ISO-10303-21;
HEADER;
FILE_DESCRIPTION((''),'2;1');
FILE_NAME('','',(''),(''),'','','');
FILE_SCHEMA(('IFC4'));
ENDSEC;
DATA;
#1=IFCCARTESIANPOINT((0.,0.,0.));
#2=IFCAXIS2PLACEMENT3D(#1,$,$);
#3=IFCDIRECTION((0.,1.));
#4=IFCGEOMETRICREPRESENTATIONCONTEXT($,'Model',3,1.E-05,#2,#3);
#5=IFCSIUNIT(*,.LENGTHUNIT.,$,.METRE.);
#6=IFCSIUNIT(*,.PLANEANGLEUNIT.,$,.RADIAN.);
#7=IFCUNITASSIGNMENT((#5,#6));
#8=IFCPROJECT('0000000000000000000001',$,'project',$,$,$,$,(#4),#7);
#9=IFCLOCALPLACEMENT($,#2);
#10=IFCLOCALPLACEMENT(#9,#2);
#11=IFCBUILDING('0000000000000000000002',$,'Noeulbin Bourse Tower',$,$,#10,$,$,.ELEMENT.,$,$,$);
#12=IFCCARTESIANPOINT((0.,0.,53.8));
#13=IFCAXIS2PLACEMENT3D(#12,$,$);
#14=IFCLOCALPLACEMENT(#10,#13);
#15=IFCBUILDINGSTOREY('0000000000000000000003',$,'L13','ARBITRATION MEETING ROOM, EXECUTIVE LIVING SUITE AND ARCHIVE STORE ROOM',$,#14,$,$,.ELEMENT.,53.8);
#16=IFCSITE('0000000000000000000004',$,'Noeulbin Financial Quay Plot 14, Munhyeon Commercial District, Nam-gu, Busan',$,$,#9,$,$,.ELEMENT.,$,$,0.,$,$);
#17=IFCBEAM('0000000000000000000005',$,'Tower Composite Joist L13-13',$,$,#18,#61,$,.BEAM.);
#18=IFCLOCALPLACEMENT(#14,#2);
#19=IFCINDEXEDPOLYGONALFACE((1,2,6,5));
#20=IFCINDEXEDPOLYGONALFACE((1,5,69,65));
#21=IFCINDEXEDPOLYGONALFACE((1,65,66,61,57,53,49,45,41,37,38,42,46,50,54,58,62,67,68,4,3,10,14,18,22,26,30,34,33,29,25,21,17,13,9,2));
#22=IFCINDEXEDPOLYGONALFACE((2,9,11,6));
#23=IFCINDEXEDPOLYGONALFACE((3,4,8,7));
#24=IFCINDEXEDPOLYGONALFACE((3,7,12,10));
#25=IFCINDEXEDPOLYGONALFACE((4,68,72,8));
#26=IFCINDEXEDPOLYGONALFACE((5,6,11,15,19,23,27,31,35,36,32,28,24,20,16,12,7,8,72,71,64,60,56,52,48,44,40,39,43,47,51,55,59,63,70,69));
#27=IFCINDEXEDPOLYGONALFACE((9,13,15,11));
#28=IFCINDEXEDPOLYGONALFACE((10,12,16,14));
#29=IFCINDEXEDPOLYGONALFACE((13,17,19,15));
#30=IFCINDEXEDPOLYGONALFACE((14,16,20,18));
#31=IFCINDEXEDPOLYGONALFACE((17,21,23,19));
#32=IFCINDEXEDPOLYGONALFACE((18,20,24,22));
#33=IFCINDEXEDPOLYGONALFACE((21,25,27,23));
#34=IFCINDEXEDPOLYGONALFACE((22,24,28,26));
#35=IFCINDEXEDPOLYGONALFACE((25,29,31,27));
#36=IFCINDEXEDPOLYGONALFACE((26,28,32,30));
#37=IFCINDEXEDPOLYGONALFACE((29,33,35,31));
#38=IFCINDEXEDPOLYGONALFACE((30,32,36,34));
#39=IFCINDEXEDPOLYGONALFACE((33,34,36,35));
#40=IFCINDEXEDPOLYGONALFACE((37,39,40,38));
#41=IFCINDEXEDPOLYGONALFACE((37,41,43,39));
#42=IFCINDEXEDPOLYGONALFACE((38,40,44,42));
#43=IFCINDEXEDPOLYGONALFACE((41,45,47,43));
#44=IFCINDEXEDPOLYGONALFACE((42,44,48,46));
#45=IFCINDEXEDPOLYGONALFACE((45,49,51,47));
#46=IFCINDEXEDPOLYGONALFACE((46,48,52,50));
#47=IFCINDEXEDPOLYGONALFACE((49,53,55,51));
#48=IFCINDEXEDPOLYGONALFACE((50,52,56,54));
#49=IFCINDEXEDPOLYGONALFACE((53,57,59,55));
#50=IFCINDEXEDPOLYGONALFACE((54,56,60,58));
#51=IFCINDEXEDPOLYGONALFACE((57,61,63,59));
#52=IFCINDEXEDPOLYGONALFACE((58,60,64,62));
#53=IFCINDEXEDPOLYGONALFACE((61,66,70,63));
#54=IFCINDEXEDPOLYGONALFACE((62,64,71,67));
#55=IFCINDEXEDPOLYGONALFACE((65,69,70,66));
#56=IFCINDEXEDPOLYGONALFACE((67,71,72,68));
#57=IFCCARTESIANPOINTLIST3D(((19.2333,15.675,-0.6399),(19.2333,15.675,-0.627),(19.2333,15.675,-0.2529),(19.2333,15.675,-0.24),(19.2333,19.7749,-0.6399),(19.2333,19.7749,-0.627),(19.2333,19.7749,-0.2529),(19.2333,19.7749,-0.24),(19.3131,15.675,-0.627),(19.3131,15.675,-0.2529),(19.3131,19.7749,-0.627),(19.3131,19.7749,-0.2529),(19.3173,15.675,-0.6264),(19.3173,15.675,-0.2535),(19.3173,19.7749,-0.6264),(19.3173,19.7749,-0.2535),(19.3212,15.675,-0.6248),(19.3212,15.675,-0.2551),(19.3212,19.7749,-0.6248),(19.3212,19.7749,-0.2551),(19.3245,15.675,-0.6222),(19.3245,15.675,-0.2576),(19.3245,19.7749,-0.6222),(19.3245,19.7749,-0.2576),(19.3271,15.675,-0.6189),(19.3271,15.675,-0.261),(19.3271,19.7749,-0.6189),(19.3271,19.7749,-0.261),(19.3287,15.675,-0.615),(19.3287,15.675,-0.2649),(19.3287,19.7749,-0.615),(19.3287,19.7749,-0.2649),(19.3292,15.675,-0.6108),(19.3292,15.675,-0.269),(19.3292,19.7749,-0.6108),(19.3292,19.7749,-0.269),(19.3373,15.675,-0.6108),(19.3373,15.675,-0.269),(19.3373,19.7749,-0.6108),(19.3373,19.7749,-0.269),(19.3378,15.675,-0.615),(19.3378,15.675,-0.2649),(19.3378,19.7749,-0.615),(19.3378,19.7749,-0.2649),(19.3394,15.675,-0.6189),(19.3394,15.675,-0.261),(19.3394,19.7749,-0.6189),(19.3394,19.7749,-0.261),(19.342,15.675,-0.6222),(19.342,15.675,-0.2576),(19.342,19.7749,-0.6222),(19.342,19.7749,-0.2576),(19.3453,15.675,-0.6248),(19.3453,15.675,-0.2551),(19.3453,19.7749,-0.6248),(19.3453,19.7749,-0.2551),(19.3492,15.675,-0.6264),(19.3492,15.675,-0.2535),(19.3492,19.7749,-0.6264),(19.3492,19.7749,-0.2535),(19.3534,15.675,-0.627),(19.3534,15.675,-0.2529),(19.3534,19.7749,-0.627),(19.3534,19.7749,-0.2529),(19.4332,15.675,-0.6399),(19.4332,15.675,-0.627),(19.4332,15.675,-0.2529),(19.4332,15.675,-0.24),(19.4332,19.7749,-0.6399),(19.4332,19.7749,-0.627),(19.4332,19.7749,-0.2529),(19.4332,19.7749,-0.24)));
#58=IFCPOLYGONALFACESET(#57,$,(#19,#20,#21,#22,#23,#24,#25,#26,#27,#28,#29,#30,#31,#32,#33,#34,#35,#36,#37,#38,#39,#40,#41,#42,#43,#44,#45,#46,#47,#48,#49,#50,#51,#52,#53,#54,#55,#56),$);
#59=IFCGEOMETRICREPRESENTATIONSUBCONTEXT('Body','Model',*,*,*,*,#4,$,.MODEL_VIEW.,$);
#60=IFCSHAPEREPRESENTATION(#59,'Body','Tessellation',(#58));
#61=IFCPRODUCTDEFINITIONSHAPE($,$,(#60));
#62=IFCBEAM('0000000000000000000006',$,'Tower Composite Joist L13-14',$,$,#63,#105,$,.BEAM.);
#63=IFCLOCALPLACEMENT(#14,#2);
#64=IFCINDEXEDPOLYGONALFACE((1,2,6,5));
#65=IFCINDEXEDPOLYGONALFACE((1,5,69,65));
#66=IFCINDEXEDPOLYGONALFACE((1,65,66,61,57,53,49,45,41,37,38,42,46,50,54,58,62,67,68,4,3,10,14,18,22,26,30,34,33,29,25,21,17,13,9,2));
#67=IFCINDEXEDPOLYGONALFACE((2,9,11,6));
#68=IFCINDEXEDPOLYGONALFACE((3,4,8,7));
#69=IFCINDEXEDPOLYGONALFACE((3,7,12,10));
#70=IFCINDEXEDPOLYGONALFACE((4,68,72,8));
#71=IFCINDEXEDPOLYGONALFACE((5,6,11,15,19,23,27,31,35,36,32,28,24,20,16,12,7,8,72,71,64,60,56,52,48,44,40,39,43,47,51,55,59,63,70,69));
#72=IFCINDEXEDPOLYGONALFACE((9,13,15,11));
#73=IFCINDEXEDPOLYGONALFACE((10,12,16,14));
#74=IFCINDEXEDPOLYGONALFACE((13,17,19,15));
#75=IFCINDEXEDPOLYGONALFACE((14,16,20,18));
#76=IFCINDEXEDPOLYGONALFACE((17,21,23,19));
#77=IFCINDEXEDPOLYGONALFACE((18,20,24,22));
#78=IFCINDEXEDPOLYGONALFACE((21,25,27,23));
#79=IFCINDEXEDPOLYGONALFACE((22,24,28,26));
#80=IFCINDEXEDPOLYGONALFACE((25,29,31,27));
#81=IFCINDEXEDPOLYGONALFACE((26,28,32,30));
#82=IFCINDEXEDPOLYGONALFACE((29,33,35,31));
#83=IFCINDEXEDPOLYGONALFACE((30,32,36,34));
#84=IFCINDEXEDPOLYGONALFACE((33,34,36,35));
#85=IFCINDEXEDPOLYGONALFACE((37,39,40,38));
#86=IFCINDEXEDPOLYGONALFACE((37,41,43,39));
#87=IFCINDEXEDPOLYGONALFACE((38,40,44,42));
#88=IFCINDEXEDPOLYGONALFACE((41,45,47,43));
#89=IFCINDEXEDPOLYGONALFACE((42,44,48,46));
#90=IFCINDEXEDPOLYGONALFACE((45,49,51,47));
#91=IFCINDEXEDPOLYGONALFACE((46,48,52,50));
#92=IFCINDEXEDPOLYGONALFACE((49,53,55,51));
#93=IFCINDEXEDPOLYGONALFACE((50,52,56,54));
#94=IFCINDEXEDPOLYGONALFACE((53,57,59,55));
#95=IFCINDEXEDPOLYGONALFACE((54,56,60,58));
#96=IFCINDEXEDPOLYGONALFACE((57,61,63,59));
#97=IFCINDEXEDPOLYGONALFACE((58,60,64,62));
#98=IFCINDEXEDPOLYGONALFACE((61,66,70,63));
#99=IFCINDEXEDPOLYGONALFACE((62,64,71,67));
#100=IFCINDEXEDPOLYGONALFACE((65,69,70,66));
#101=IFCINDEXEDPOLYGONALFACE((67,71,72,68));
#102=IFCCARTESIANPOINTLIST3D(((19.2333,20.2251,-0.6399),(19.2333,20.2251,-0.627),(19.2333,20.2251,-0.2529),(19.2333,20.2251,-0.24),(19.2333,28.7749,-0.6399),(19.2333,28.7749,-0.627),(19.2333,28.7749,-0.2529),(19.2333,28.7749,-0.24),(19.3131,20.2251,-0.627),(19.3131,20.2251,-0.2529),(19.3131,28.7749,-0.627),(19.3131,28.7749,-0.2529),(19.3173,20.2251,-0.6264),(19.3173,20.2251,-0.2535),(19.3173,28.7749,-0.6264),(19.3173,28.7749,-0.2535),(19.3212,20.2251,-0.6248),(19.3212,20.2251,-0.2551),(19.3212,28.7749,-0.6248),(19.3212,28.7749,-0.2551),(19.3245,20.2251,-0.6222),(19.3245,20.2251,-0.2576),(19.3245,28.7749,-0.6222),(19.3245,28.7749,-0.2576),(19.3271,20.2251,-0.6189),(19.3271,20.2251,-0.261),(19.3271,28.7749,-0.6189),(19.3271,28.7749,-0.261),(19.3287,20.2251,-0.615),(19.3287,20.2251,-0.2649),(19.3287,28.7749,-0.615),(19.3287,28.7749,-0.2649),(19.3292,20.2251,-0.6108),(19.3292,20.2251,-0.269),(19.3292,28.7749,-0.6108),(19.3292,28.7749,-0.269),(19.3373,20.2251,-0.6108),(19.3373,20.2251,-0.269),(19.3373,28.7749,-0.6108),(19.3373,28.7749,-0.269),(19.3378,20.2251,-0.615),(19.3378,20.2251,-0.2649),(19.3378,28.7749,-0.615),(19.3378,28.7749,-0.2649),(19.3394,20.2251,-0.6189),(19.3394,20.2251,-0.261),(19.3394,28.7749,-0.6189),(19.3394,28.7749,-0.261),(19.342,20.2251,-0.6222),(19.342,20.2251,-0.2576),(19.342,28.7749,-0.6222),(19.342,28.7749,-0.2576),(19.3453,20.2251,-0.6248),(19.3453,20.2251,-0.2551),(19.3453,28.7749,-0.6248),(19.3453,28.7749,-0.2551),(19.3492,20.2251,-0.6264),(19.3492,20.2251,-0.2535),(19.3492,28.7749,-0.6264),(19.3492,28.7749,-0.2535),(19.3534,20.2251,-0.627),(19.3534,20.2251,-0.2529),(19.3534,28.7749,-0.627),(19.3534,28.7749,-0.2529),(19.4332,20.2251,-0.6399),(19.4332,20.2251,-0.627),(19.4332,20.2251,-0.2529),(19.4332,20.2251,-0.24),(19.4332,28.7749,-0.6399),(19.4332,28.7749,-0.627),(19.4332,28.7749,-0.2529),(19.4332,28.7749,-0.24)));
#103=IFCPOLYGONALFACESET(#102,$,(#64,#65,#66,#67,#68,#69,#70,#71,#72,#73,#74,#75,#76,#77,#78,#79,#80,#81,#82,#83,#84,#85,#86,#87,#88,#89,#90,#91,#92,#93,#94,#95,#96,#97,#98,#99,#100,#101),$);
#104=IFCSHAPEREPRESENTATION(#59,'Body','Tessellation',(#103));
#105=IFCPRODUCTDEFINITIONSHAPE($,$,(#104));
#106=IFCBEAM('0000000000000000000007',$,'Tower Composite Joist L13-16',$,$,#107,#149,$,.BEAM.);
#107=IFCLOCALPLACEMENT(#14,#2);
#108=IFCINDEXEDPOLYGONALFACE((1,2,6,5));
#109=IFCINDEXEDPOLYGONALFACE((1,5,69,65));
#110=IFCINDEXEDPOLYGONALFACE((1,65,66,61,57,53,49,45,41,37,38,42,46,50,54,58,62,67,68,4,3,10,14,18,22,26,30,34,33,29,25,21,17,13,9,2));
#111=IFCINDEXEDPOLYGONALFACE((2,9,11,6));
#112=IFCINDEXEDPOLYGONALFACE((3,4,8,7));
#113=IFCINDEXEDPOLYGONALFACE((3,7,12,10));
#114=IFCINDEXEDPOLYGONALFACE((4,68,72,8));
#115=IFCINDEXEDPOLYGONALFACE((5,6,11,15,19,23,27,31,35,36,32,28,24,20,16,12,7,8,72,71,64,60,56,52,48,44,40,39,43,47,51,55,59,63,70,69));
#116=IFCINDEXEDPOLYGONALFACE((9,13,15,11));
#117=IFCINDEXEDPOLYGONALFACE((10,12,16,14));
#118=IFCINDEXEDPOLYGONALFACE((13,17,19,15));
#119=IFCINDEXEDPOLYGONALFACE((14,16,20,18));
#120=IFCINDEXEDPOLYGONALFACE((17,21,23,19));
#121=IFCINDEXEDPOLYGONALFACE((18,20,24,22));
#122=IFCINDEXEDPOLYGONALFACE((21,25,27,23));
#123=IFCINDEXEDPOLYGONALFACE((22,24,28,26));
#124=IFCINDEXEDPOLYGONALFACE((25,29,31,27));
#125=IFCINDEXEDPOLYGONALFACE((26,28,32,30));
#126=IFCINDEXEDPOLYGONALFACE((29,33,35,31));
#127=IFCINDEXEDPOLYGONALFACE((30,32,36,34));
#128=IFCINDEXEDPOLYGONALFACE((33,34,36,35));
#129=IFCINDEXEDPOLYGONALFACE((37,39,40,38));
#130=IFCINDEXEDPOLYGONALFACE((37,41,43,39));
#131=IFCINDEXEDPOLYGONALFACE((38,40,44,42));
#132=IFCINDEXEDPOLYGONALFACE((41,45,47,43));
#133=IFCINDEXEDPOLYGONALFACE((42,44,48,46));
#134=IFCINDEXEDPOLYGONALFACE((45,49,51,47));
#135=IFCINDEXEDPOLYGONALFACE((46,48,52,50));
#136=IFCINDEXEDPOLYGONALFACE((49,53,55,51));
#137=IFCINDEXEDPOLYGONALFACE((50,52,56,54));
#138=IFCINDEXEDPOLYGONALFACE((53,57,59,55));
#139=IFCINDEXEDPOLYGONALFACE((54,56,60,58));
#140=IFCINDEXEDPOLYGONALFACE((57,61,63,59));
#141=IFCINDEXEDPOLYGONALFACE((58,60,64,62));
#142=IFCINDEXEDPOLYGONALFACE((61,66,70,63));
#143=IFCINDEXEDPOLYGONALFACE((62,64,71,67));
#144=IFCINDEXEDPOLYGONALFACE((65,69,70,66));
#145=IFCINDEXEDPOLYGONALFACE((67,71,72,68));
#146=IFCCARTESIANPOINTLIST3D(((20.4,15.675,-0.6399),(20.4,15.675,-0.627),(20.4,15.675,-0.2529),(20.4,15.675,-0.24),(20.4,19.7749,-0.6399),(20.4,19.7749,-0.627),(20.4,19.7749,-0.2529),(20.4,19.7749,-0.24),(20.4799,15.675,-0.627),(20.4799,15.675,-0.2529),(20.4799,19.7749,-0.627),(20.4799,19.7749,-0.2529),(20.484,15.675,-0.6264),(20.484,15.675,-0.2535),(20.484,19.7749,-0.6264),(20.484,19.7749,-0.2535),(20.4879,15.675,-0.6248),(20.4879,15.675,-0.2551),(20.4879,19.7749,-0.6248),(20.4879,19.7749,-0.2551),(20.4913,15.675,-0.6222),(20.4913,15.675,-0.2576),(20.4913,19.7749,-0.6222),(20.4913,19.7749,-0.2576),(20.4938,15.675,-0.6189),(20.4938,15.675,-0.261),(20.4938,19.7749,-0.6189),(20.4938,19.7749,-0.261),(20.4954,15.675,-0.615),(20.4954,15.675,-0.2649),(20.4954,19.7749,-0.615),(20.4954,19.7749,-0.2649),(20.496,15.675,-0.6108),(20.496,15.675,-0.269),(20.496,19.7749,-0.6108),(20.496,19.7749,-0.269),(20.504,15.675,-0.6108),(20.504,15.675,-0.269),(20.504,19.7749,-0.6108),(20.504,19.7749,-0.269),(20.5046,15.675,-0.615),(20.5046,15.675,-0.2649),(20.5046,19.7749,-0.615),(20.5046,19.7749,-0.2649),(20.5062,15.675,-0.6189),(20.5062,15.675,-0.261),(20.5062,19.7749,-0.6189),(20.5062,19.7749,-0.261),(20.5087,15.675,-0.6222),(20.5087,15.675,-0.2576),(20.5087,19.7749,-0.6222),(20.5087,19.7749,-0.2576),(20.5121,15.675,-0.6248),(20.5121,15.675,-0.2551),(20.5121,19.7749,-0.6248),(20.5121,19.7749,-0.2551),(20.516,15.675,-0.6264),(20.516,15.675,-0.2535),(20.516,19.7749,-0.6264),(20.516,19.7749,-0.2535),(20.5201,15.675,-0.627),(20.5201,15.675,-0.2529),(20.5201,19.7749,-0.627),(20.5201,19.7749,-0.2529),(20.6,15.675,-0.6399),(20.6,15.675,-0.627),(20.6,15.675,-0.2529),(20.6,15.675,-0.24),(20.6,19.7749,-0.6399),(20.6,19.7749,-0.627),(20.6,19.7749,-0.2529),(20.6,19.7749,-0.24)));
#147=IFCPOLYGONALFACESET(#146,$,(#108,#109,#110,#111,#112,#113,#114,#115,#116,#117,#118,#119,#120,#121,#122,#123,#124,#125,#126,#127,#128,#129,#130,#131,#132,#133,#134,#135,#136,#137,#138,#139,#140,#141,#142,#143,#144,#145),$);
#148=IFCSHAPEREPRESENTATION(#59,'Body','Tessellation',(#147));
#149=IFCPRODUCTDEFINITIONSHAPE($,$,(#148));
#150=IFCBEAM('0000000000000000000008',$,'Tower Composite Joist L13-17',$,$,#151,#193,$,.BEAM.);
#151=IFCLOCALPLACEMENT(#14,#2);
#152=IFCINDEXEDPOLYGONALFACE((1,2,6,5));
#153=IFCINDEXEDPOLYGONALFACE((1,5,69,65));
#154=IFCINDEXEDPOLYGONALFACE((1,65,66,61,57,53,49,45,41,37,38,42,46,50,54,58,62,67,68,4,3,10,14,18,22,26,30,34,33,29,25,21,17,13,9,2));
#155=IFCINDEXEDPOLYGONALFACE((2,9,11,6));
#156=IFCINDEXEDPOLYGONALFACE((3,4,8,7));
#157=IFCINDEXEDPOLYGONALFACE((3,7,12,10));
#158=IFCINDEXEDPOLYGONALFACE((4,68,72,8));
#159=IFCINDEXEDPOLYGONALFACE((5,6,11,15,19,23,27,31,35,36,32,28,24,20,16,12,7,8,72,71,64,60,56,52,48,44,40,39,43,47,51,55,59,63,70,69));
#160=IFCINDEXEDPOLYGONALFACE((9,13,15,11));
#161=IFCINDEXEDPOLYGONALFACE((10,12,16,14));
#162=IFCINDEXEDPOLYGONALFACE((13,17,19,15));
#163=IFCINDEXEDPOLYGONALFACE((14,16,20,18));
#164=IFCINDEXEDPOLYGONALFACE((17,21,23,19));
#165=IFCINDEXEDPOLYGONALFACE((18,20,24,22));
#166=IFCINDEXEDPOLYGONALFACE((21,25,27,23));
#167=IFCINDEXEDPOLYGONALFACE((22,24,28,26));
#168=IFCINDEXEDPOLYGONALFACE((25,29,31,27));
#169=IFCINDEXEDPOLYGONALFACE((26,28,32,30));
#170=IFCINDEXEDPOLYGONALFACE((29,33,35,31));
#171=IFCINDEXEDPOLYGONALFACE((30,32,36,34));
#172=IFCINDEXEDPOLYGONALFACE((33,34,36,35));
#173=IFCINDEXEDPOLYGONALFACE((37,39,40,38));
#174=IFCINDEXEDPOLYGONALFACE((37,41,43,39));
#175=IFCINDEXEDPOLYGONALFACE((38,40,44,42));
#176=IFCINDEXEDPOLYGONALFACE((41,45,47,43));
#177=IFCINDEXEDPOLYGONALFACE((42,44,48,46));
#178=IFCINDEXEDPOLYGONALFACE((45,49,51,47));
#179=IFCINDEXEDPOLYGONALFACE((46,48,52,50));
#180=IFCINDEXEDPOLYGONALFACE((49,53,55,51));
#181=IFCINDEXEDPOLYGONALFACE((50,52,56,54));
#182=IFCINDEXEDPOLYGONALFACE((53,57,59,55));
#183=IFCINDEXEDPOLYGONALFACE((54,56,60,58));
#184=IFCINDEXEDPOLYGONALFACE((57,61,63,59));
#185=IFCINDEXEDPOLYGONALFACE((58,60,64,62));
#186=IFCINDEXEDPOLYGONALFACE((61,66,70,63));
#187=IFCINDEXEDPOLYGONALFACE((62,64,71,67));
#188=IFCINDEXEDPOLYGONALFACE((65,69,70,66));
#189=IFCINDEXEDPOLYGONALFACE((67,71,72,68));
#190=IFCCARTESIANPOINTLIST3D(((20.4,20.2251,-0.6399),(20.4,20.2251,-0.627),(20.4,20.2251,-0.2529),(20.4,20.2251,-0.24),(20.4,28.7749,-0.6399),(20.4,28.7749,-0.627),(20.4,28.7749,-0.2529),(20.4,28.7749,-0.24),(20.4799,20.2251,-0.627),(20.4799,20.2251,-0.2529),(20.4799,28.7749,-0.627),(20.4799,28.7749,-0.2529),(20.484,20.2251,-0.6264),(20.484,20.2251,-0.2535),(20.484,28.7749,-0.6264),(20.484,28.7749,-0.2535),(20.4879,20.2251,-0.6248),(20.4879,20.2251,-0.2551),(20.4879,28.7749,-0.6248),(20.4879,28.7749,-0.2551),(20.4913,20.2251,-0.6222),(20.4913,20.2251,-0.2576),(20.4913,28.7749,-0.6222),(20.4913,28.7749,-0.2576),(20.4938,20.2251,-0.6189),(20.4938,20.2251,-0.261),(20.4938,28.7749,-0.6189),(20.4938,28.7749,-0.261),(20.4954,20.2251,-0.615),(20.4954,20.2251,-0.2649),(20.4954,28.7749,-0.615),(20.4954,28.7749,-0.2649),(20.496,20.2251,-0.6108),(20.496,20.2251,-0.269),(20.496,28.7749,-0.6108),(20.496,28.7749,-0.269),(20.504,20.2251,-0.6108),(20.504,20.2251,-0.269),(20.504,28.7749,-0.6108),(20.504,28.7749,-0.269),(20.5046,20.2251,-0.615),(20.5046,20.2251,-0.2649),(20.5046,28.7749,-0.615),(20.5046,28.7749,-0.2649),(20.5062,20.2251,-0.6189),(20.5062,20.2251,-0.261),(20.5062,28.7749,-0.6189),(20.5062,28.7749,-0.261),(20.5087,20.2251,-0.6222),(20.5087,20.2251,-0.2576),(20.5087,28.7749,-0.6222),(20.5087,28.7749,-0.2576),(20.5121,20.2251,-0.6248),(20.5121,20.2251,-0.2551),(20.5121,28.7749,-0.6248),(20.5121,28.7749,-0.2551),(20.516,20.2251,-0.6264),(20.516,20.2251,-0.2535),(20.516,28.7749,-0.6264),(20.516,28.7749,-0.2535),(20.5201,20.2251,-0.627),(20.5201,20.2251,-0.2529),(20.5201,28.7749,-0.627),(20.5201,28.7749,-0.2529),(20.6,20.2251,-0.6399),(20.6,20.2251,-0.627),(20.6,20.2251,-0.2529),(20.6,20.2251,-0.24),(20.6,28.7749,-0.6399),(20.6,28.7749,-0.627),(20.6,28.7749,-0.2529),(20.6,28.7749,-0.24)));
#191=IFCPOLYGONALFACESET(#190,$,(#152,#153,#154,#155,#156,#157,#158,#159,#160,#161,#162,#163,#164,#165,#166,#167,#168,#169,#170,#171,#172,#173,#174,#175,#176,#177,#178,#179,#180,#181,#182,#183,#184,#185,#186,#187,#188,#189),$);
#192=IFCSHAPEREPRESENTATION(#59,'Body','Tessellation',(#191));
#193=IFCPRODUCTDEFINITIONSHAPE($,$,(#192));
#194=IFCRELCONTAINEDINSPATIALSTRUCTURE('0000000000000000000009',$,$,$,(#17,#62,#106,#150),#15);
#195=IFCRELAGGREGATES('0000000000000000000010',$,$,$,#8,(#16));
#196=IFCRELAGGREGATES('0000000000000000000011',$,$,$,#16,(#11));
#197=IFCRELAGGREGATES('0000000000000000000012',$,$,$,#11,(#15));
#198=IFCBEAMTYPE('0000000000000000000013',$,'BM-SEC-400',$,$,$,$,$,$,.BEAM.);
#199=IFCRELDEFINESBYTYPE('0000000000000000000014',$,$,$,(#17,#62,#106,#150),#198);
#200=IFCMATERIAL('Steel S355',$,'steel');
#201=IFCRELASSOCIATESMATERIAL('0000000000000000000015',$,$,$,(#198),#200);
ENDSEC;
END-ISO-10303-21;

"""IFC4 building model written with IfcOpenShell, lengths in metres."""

from ifc_helpers import new_model, si_unit, direction, frame, origin, origin_2d, place, context, subcontext, project, spatial, i_section, extrude, material, material_profile, profile_set, type_object, element, save


model = new_model("IFC4")

# Units and contexts
model_context = context("Model", 3, precision=1e-05, world=origin(), true_north=direction((0.0, 1.0)))
body_context = subcontext(model_context, "Body", "Model", "MODEL_VIEW")
ifc_project = project(units=[si_unit("LENGTHUNIT", "METRE"), si_unit("PLANEANGLEUNIT", "RADIAN")], contexts=[model_context])

# Site, building, storey
site_placement = place(None, origin())
site = spatial("IfcSite", under=ifc_project, at=site_placement, Name="Noeulbin Financial Quay Plot 14, Munhyeon Commercial District, Nam-gu, Busan", CompositionType="ELEMENT", RefElevation=0.0)
building_placement = place(site_placement, origin())
building = spatial("IfcBuilding", under=site, at=building_placement, Name="Noeulbin Bourse Tower", CompositionType="ELEMENT")
storey_placement = place(building_placement, frame((0.0, 0.0, 53.8)))
storey = spatial("IfcBuildingStorey", under=building, at=storey_placement, Name="L13", Description="ARBITRATION MEETING ROOM, EXECUTIVE LIVING SUITE AND ARCHIVE STORE ROOM", CompositionType="ELEMENT", Elevation=53.8)

# Beams
ifc_material_1 = material(Name="Steel S355", Category="steel")
ifc_material_profile_1 = material_profile(ifc_material_1, i_section(OverallWidth=0.2, OverallDepth=0.3999, WebThickness=0.0081, FlangeThickness=0.0129, FilletRadius=0.0161, at=origin_2d()), Name="H-400x200x8x13", Category="LoadBearing")
ifc_profile_set_1 = profile_set([ifc_material_profile_1], Name="Steel S355")
beam_type_1 = type_object("IfcBeamType", Name="BM-SEC-400", PredefinedType="BEAM", material=ifc_profile_set_1)
beam_1_placement = place(storey_placement, frame((19.3333, 15.675, -0.4399), z_axis=(0.0, 1.0, 0.0), x_axis=(-1.0, 0.0, 0.0)))
element("IfcBeam", 1, at=beam_1_placement, inside=storey, type_object=beam_type_1, Name="Tower Composite Joist L13-13", PredefinedType="BEAM", context=body_context, shape_type="SweptSolid", body=[
    extrude(i_section(OverallWidth=0.2, OverallDepth=0.3999, WebThickness=0.0081, FlangeThickness=0.0129, FilletRadius=0.0161, at=origin_2d()), origin(), (0.0, 0.0, 1.0), 4.0999),
])
beam_2_placement = place(storey_placement, frame((19.3333, 20.2251, -0.4399), z_axis=(0.0, 1.0, 0.0), x_axis=(-1.0, 0.0, 0.0)))
element("IfcBeam", 2, at=beam_2_placement, inside=storey, type_object=beam_type_1, Name="Tower Composite Joist L13-14", PredefinedType="BEAM", context=body_context, shape_type="SweptSolid", body=[
    extrude(i_section(OverallWidth=0.2, OverallDepth=0.3999, WebThickness=0.0081, FlangeThickness=0.0129, FilletRadius=0.0161, at=origin_2d()), origin(), (0.0, 0.0, 1.0), 8.5498),
])
beam_3_placement = place(storey_placement, frame((20.5, 15.675, -0.4399), z_axis=(0.0, 1.0, 0.0), x_axis=(-1.0, 0.0, 0.0)))
element("IfcBeam", 3, at=beam_3_placement, inside=storey, type_object=beam_type_1, Name="Tower Composite Joist L13-16", PredefinedType="BEAM", context=body_context, shape_type="SweptSolid", body=[
    extrude(i_section(OverallWidth=0.2, OverallDepth=0.3999, WebThickness=0.0081, FlangeThickness=0.0129, FilletRadius=0.0161, at=origin_2d()), origin(), (0.0, 0.0, 1.0), 4.0999),
])
beam_4_placement = place(storey_placement, frame((20.5, 20.2251, -0.4399), z_axis=(0.0, 1.0, 0.0), x_axis=(-1.0, 0.0, 0.0)))
element("IfcBeam", 4, at=beam_4_placement, inside=storey, type_object=beam_type_1, Name="Tower Composite Joist L13-17", PredefinedType="BEAM", context=body_context, shape_type="SweptSolid", body=[
    extrude(i_section(OverallWidth=0.2, OverallDepth=0.3999, WebThickness=0.0081, FlangeThickness=0.0129, FilletRadius=0.0161, at=origin_2d()), origin(), (0.0, 0.0, 1.0), 8.5498),
])

save(model, "model.ifc")
